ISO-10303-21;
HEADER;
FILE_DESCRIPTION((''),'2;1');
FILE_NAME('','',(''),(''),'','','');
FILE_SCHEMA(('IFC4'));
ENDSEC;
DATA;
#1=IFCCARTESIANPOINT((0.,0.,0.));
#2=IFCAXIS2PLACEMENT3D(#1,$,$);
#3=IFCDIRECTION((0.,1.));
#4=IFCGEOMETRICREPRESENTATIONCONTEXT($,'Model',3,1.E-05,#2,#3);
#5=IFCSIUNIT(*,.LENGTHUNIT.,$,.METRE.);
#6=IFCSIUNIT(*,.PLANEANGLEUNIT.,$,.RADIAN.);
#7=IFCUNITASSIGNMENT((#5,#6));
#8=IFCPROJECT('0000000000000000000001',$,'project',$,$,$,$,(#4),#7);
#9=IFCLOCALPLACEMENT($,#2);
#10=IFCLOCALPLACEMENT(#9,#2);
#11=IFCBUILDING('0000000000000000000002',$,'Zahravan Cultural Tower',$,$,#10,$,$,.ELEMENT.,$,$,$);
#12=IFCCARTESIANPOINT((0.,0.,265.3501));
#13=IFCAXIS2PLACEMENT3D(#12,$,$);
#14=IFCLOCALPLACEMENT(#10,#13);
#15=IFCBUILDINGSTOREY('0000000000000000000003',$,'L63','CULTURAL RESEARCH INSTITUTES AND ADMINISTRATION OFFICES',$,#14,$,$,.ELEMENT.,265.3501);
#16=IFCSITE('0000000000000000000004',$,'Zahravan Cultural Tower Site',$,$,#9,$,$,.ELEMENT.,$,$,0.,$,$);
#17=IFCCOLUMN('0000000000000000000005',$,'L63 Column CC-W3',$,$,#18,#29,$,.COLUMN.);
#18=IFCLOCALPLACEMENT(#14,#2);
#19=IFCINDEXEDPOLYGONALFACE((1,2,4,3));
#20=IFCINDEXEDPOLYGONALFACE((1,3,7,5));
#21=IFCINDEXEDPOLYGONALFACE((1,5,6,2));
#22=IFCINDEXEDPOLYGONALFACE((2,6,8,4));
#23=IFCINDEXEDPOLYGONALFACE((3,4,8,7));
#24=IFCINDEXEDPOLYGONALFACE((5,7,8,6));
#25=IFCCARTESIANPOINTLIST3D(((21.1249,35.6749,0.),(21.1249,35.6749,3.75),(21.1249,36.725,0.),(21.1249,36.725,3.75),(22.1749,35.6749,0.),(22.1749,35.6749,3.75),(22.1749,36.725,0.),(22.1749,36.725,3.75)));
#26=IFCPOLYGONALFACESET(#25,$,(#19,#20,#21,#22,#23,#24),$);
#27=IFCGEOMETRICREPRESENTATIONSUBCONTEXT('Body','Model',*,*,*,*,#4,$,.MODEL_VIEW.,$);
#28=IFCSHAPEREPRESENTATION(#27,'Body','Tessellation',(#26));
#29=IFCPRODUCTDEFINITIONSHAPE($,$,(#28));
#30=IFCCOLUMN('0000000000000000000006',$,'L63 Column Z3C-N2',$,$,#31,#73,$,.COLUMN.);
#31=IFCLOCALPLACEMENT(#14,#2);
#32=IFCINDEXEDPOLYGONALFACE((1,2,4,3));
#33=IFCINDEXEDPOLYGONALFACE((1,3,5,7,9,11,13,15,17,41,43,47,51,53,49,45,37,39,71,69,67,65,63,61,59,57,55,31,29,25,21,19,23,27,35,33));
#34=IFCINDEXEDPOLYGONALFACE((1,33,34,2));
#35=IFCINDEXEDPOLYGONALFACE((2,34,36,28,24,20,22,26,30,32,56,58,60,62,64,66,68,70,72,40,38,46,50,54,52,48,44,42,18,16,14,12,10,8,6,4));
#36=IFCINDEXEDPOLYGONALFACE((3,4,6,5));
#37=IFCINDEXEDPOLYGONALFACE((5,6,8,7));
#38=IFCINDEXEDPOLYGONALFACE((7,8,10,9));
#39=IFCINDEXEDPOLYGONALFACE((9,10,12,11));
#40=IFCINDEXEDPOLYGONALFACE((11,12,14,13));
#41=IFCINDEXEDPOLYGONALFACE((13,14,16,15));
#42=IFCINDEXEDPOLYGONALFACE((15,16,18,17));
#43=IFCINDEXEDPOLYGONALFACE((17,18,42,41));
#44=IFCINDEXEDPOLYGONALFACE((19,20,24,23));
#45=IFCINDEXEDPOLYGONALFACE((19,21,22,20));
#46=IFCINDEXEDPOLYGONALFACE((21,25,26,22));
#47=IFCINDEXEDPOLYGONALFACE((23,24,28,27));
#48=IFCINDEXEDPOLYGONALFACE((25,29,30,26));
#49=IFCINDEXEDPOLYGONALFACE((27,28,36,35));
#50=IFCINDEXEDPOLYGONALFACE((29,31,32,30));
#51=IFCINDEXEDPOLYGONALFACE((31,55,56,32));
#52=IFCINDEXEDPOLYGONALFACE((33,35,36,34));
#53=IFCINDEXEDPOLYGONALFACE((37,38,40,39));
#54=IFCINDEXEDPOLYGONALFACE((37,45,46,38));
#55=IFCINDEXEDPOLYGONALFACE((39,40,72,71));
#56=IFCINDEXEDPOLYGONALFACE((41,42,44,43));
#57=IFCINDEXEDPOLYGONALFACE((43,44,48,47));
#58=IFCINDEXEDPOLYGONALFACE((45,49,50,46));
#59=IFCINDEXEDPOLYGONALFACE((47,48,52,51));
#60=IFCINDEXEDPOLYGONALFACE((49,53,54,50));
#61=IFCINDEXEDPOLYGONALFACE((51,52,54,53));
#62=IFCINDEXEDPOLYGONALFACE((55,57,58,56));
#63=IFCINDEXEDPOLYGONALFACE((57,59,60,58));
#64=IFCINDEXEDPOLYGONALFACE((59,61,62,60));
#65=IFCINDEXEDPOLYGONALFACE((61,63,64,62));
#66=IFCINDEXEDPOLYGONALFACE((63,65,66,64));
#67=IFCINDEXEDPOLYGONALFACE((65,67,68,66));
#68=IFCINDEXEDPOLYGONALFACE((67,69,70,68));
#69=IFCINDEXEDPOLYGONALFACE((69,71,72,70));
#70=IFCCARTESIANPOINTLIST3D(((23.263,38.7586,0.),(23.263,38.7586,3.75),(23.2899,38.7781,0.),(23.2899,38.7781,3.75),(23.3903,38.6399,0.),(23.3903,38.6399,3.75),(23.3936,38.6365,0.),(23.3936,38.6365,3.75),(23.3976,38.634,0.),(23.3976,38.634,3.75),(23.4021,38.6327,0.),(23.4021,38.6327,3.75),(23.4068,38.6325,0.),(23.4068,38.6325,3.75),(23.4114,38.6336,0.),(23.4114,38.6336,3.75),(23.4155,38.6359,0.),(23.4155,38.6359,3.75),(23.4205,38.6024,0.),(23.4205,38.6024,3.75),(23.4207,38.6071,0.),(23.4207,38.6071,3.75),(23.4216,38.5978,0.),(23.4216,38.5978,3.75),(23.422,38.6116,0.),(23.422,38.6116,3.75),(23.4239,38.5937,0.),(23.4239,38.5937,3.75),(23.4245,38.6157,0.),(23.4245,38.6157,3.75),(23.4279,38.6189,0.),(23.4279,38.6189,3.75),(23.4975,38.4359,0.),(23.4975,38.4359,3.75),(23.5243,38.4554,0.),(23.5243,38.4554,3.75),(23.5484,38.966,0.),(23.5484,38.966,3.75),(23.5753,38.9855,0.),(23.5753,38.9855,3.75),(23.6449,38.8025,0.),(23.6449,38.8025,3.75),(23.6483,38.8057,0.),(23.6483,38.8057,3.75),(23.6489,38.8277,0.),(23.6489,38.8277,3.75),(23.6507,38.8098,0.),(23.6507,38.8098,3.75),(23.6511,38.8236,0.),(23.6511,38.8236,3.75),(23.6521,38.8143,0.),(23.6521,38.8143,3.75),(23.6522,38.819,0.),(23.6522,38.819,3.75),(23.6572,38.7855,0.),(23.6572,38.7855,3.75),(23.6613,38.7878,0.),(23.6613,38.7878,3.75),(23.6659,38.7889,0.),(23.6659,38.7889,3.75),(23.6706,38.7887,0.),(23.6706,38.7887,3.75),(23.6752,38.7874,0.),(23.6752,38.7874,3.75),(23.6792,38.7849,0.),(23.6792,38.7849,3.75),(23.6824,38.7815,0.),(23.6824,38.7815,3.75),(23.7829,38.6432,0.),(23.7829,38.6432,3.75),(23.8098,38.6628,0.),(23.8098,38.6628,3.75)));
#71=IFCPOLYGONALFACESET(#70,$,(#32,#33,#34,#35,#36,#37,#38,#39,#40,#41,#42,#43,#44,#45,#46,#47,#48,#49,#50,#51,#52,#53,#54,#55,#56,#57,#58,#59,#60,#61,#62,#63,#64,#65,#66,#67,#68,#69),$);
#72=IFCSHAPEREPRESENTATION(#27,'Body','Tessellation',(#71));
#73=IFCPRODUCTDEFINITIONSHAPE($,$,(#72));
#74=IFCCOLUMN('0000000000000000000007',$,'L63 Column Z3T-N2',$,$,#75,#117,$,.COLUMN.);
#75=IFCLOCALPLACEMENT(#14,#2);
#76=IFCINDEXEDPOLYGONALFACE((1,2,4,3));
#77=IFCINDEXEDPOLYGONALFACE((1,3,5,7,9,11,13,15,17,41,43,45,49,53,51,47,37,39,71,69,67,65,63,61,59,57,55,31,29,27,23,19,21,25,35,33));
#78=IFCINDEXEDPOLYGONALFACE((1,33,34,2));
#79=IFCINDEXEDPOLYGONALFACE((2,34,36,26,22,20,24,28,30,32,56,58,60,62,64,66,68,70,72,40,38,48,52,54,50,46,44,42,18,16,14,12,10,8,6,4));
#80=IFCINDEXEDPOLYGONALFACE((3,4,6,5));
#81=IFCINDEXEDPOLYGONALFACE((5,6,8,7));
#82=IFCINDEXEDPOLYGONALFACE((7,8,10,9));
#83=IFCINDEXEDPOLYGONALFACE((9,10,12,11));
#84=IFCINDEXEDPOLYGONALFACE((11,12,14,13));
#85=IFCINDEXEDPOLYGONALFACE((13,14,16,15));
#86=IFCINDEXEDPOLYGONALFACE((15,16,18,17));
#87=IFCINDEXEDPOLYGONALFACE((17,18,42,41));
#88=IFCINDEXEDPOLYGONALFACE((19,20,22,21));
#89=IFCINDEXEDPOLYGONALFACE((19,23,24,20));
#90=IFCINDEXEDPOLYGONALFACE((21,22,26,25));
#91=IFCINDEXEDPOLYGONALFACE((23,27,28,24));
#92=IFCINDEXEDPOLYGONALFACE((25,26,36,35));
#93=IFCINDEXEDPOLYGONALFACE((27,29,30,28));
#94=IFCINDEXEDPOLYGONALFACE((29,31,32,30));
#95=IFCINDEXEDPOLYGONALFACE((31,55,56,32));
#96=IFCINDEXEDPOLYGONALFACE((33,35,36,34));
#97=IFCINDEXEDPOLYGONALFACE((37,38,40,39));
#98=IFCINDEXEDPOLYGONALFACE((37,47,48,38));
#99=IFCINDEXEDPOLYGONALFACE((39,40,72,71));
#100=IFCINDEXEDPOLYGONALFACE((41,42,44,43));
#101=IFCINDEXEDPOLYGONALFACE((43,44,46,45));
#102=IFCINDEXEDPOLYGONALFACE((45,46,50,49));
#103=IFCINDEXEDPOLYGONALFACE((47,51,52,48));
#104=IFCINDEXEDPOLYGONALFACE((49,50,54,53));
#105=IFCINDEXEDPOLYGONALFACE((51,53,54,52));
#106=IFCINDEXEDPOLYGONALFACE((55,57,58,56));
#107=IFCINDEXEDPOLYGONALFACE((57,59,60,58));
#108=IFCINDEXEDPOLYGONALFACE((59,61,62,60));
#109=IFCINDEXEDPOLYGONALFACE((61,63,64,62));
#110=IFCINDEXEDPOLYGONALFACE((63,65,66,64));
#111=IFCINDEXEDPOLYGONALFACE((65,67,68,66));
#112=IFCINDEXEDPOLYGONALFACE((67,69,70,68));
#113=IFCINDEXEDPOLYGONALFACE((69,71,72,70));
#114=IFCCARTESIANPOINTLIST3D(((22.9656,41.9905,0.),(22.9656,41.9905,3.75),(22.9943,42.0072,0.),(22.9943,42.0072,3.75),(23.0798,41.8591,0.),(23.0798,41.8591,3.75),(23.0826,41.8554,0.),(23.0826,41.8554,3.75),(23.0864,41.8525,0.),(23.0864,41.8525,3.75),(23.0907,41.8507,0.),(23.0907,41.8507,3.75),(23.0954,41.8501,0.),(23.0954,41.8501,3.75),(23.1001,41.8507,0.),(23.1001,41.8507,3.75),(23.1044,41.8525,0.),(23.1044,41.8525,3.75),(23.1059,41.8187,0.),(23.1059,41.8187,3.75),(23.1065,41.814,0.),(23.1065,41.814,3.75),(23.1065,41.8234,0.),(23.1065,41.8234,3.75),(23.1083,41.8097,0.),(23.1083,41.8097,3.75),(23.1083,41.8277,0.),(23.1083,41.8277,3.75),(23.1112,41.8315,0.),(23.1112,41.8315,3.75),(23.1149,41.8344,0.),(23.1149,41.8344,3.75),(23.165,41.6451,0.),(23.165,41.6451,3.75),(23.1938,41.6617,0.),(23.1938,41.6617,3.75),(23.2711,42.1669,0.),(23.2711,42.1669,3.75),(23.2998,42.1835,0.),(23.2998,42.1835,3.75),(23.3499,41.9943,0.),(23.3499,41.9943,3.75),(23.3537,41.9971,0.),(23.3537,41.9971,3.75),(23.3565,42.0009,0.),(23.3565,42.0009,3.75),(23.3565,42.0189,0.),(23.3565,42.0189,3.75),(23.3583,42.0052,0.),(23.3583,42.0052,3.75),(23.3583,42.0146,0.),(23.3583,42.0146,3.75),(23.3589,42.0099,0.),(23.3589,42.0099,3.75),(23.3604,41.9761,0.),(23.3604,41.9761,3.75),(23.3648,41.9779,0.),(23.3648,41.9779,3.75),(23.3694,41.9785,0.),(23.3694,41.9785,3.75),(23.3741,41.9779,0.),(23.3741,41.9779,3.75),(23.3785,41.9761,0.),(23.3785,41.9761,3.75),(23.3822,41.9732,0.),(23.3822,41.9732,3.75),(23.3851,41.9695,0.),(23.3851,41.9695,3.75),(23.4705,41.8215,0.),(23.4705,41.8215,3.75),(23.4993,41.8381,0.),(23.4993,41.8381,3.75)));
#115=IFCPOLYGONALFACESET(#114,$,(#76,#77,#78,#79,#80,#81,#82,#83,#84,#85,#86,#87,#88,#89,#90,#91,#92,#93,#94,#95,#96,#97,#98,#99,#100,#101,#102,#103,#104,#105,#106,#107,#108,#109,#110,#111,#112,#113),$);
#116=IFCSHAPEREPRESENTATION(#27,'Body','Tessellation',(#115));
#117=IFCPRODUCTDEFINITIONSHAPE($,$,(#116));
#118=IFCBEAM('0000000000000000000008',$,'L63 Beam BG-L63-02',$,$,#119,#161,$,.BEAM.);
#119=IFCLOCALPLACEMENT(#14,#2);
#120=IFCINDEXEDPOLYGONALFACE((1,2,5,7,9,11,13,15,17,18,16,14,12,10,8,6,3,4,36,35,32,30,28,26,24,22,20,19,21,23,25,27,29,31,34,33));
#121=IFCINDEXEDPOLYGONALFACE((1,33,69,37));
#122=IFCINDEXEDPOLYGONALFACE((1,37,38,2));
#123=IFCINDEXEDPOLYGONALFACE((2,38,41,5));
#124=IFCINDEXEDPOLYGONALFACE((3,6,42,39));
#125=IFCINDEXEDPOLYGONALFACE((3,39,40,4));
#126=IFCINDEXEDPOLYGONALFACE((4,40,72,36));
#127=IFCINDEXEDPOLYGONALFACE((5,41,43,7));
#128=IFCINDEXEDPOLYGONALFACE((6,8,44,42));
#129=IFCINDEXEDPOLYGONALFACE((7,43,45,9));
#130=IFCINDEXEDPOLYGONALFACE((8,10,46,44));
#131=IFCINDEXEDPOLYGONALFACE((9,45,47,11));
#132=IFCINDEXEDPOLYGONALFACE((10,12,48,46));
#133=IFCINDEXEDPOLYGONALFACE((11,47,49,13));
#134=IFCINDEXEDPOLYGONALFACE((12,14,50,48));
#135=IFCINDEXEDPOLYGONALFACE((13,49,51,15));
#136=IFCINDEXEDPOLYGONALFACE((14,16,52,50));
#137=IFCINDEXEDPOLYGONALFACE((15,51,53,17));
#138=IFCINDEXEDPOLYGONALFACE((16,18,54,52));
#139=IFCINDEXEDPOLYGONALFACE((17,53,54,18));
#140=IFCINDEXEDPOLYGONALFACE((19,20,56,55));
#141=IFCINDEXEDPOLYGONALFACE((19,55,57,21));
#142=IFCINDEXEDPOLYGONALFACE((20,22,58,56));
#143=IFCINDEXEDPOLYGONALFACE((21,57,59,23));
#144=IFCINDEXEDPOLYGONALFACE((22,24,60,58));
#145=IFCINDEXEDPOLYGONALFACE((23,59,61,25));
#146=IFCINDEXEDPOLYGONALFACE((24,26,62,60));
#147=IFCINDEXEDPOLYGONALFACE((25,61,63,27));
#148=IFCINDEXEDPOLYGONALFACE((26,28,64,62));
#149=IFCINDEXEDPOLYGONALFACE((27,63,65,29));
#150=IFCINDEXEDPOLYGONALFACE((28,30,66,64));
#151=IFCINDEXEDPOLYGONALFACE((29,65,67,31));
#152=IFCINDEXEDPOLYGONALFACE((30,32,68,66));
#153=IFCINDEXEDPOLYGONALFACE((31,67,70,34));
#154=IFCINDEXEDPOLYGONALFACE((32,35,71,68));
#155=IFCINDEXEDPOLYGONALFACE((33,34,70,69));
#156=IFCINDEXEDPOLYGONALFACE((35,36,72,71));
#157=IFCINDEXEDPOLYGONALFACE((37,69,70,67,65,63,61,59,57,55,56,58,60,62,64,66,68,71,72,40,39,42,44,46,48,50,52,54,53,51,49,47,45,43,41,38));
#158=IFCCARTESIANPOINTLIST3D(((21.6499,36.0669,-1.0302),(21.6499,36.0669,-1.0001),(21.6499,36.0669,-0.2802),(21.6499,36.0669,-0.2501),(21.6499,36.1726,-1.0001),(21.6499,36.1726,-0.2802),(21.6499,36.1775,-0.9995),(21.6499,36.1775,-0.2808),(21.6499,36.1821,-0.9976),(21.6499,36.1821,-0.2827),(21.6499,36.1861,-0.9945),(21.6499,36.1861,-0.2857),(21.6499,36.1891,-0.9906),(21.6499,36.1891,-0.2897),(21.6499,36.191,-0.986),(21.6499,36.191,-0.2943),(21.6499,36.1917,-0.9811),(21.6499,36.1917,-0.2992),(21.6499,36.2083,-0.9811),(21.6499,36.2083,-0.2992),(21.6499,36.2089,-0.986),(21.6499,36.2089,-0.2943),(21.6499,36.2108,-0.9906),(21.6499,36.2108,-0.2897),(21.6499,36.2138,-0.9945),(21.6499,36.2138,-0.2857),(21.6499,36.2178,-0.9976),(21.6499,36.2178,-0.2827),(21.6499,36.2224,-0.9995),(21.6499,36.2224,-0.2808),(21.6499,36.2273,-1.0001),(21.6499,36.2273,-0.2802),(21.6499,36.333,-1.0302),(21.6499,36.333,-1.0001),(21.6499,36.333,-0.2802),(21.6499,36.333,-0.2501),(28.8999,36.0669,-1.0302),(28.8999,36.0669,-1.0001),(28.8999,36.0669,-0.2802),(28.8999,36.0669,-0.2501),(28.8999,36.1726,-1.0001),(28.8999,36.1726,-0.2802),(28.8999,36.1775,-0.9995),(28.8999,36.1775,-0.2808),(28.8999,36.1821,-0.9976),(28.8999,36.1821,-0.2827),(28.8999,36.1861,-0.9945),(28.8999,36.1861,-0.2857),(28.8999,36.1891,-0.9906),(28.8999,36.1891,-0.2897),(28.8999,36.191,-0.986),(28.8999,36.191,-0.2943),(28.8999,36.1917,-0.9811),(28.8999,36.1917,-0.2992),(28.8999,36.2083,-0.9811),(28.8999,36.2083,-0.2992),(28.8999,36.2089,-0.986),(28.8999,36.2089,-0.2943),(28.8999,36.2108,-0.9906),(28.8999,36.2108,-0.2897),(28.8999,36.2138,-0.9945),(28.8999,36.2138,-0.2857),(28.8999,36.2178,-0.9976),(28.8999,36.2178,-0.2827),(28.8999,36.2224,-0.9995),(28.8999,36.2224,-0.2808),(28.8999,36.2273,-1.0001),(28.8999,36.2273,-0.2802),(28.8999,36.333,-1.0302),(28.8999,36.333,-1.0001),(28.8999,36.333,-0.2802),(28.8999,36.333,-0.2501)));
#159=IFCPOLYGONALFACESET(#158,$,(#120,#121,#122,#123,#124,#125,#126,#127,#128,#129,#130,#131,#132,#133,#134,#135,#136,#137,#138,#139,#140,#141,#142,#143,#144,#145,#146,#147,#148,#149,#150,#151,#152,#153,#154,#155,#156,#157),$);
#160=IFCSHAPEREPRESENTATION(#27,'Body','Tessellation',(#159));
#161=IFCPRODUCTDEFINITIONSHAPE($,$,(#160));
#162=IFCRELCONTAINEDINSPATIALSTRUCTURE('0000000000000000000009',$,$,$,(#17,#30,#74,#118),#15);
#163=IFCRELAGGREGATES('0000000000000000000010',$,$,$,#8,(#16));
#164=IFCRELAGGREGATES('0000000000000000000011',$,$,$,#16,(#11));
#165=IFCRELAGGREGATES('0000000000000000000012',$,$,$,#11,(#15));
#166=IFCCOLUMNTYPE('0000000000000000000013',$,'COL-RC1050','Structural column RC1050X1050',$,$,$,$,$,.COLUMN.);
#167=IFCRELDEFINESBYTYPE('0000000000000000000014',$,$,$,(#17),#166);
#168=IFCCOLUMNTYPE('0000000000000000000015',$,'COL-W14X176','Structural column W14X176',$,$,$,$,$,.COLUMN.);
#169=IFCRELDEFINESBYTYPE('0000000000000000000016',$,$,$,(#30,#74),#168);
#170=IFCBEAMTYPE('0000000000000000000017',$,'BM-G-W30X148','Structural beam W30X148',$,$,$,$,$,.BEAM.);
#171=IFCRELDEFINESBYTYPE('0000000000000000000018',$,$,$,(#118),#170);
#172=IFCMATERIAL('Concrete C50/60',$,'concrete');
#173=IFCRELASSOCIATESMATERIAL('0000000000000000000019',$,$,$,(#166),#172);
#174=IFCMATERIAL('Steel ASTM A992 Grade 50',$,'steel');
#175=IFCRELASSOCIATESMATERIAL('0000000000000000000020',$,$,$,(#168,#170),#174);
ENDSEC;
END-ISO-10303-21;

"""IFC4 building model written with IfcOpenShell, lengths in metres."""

from ifc_helpers import new_model, si_unit, direction, frame, origin, origin_2d, place, context, subcontext, project, spatial, rectangle, i_section, extrude, source, transform, mapped, material, material_profile, profile_set, type_object, element, save


model = new_model("IFC4")

# Units and contexts
model_context = context("Model", 3, precision=1e-05, world=origin(), true_north=direction((0.0, 1.0)))
body_context = subcontext(model_context, "Body", "Model", "MODEL_VIEW")
ifc_project = project(units=[si_unit("LENGTHUNIT", "METRE"), si_unit("PLANEANGLEUNIT", "RADIAN")], contexts=[model_context])

# Site, building, storey
site_placement = place(None, origin())
site = spatial("IfcSite", under=ifc_project, at=site_placement, Name="Zahravan Cultural Tower Site", CompositionType="ELEMENT", RefElevation=0.0)
building_placement = place(site_placement, origin())
building = spatial("IfcBuilding", under=site, at=building_placement, Name="Zahravan Cultural Tower", CompositionType="ELEMENT")
storey_placement = place(building_placement, frame((0.0, 0.0, 265.3501)))
storey = spatial("IfcBuildingStorey", under=building, at=storey_placement, Name="L63", Description="CULTURAL RESEARCH INSTITUTES AND ADMINISTRATION OFFICES", CompositionType="ELEMENT", Elevation=265.3501)

# Columns
ifc_material_1 = material(Name="Concrete C50/60", Category="concrete")
ifc_material_profile_1 = material_profile(ifc_material_1, rectangle(XDim=1.05, YDim=1.05, at=origin_2d()), Name="RC1050X1050")
ifc_profile_set_1 = profile_set([ifc_material_profile_1], Name="Concrete C50/60")
column_type_1 = type_object("IfcColumnType", Name="COL-RC1050", Description="Structural column RC1050X1050", PredefinedType="COLUMN", material=ifc_profile_set_1)
shared_shape_1 = source(origin(), body_context, "Body", "SweptSolid", [
    extrude(rectangle(XDim=1.05, YDim=1.05, at=origin_2d()), origin(), (0.0, 0.0, 1.0), 3.75),
])
column_placement = place(storey_placement, frame((21.6499, 36.2, 0.0), z_axis=(0.0, 0.0, 1.0), x_axis=(1.0, 0.0, 0.0)))
element("IfcColumn", 1, at=column_placement, inside=storey, type_object=column_type_1, Name="L63 Column CC-W3", PredefinedType="COLUMN", context=body_context, shape_type="MappedRepresentation", body=[
    mapped(shared_shape_1, transform((0.0, 0.0, 0.0), x_axis=(1.0, 0.0, 0.0), y_axis=(0.0, 1.0, 0.0), z_axis=(0.0, 0.0, 1.0), scale=1.0)),
])
ifc_material_2 = material(Name="Steel ASTM A992 Grade 50", Category="steel")
ifc_material_profile_2 = material_profile(ifc_material_2, i_section(OverallWidth=0.3989, OverallDepth=0.386, WebThickness=0.021, FlangeThickness=0.0332, FilletRadius=0.0181, at=origin_2d()), Name="W14X176")
ifc_profile_set_2 = profile_set([ifc_material_profile_2], Name="Steel ASTM A992 Grade 50")
column_type_2 = type_object("IfcColumnType", Name="COL-W14X176", Description="Structural column W14X176", PredefinedType="COLUMN", material=ifc_profile_set_2)
shared_shape_2 = source(origin(), body_context, "Body", "SweptSolid", [
    extrude(i_section(OverallWidth=0.3989, OverallDepth=0.386, WebThickness=0.021, FlangeThickness=0.0332, FilletRadius=0.0181, at=origin_2d()), origin(), (0.0, 0.0, 1.0), 3.75),
])
for number, where, z_axis, x_axis, name in (
    (2, (23.5364, 38.7107, 0.0), (0.0, 0.0, 1.0), (-0.587785, 0.809017, 0.0), "L63 Column Z3C-N2"),
    (3, (23.2324, 41.9143, 0.0), (0.0, 0.0, 1.0), (-0.5, 0.866025, 0.0), "L63 Column Z3T-N2"),
):
    element("IfcColumn", number, at=place(storey_placement, frame(where, z_axis=z_axis, x_axis=x_axis)), inside=storey, type_object=column_type_2, Name=name, PredefinedType="COLUMN", context=body_context, shape_type="MappedRepresentation", body=[
        mapped(shared_shape_2, transform((0.0, 0.0, 0.0), x_axis=(1.0, 0.0, 0.0), y_axis=(0.0, 1.0, 0.0), z_axis=(0.0, 0.0, 1.0), scale=1.0)),
    ])

# Beam
ifc_material_profile_3 = material_profile(ifc_material_2, i_section(OverallWidth=0.2661, OverallDepth=0.78, WebThickness=0.0166, FlangeThickness=0.03, FilletRadius=0.019, at=origin_2d()), Name="W30X148")
ifc_profile_set_3 = profile_set([ifc_material_profile_3], Name="Steel ASTM A992 Grade 50")
beam_type_1 = type_object("IfcBeamType", Name="BM-G-W30X148", Description="Structural beam W30X148", PredefinedType="BEAM", material=ifc_profile_set_3)
shared_shape_3 = source(origin(), body_context, "Body", "SweptSolid", [
    extrude(i_section(OverallWidth=0.2661, OverallDepth=0.78, WebThickness=0.0166, FlangeThickness=0.03, FilletRadius=0.019, at=origin_2d()), origin(), (0.0, 0.0, 1.0), 7.25),
])
beam_1_placement = place(storey_placement, frame((21.6499, 36.2, -0.6401), z_axis=(1.0, 0.0, 0.0), x_axis=(0.0, 1.0, 0.0)))
element("IfcBeam", 4, at=beam_1_placement, inside=storey, type_object=beam_type_1, Name="L63 Beam BG-L63-02", PredefinedType="BEAM", context=body_context, shape_type="MappedRepresentation", body=[
    mapped(shared_shape_3, transform((0.0, 0.0, 0.0), x_axis=(1.0, 0.0, 0.0), y_axis=(0.0, 1.0, 0.0), z_axis=(0.0, 0.0, 1.0), scale=1.0)),
])

save(model, "model.ifc")
